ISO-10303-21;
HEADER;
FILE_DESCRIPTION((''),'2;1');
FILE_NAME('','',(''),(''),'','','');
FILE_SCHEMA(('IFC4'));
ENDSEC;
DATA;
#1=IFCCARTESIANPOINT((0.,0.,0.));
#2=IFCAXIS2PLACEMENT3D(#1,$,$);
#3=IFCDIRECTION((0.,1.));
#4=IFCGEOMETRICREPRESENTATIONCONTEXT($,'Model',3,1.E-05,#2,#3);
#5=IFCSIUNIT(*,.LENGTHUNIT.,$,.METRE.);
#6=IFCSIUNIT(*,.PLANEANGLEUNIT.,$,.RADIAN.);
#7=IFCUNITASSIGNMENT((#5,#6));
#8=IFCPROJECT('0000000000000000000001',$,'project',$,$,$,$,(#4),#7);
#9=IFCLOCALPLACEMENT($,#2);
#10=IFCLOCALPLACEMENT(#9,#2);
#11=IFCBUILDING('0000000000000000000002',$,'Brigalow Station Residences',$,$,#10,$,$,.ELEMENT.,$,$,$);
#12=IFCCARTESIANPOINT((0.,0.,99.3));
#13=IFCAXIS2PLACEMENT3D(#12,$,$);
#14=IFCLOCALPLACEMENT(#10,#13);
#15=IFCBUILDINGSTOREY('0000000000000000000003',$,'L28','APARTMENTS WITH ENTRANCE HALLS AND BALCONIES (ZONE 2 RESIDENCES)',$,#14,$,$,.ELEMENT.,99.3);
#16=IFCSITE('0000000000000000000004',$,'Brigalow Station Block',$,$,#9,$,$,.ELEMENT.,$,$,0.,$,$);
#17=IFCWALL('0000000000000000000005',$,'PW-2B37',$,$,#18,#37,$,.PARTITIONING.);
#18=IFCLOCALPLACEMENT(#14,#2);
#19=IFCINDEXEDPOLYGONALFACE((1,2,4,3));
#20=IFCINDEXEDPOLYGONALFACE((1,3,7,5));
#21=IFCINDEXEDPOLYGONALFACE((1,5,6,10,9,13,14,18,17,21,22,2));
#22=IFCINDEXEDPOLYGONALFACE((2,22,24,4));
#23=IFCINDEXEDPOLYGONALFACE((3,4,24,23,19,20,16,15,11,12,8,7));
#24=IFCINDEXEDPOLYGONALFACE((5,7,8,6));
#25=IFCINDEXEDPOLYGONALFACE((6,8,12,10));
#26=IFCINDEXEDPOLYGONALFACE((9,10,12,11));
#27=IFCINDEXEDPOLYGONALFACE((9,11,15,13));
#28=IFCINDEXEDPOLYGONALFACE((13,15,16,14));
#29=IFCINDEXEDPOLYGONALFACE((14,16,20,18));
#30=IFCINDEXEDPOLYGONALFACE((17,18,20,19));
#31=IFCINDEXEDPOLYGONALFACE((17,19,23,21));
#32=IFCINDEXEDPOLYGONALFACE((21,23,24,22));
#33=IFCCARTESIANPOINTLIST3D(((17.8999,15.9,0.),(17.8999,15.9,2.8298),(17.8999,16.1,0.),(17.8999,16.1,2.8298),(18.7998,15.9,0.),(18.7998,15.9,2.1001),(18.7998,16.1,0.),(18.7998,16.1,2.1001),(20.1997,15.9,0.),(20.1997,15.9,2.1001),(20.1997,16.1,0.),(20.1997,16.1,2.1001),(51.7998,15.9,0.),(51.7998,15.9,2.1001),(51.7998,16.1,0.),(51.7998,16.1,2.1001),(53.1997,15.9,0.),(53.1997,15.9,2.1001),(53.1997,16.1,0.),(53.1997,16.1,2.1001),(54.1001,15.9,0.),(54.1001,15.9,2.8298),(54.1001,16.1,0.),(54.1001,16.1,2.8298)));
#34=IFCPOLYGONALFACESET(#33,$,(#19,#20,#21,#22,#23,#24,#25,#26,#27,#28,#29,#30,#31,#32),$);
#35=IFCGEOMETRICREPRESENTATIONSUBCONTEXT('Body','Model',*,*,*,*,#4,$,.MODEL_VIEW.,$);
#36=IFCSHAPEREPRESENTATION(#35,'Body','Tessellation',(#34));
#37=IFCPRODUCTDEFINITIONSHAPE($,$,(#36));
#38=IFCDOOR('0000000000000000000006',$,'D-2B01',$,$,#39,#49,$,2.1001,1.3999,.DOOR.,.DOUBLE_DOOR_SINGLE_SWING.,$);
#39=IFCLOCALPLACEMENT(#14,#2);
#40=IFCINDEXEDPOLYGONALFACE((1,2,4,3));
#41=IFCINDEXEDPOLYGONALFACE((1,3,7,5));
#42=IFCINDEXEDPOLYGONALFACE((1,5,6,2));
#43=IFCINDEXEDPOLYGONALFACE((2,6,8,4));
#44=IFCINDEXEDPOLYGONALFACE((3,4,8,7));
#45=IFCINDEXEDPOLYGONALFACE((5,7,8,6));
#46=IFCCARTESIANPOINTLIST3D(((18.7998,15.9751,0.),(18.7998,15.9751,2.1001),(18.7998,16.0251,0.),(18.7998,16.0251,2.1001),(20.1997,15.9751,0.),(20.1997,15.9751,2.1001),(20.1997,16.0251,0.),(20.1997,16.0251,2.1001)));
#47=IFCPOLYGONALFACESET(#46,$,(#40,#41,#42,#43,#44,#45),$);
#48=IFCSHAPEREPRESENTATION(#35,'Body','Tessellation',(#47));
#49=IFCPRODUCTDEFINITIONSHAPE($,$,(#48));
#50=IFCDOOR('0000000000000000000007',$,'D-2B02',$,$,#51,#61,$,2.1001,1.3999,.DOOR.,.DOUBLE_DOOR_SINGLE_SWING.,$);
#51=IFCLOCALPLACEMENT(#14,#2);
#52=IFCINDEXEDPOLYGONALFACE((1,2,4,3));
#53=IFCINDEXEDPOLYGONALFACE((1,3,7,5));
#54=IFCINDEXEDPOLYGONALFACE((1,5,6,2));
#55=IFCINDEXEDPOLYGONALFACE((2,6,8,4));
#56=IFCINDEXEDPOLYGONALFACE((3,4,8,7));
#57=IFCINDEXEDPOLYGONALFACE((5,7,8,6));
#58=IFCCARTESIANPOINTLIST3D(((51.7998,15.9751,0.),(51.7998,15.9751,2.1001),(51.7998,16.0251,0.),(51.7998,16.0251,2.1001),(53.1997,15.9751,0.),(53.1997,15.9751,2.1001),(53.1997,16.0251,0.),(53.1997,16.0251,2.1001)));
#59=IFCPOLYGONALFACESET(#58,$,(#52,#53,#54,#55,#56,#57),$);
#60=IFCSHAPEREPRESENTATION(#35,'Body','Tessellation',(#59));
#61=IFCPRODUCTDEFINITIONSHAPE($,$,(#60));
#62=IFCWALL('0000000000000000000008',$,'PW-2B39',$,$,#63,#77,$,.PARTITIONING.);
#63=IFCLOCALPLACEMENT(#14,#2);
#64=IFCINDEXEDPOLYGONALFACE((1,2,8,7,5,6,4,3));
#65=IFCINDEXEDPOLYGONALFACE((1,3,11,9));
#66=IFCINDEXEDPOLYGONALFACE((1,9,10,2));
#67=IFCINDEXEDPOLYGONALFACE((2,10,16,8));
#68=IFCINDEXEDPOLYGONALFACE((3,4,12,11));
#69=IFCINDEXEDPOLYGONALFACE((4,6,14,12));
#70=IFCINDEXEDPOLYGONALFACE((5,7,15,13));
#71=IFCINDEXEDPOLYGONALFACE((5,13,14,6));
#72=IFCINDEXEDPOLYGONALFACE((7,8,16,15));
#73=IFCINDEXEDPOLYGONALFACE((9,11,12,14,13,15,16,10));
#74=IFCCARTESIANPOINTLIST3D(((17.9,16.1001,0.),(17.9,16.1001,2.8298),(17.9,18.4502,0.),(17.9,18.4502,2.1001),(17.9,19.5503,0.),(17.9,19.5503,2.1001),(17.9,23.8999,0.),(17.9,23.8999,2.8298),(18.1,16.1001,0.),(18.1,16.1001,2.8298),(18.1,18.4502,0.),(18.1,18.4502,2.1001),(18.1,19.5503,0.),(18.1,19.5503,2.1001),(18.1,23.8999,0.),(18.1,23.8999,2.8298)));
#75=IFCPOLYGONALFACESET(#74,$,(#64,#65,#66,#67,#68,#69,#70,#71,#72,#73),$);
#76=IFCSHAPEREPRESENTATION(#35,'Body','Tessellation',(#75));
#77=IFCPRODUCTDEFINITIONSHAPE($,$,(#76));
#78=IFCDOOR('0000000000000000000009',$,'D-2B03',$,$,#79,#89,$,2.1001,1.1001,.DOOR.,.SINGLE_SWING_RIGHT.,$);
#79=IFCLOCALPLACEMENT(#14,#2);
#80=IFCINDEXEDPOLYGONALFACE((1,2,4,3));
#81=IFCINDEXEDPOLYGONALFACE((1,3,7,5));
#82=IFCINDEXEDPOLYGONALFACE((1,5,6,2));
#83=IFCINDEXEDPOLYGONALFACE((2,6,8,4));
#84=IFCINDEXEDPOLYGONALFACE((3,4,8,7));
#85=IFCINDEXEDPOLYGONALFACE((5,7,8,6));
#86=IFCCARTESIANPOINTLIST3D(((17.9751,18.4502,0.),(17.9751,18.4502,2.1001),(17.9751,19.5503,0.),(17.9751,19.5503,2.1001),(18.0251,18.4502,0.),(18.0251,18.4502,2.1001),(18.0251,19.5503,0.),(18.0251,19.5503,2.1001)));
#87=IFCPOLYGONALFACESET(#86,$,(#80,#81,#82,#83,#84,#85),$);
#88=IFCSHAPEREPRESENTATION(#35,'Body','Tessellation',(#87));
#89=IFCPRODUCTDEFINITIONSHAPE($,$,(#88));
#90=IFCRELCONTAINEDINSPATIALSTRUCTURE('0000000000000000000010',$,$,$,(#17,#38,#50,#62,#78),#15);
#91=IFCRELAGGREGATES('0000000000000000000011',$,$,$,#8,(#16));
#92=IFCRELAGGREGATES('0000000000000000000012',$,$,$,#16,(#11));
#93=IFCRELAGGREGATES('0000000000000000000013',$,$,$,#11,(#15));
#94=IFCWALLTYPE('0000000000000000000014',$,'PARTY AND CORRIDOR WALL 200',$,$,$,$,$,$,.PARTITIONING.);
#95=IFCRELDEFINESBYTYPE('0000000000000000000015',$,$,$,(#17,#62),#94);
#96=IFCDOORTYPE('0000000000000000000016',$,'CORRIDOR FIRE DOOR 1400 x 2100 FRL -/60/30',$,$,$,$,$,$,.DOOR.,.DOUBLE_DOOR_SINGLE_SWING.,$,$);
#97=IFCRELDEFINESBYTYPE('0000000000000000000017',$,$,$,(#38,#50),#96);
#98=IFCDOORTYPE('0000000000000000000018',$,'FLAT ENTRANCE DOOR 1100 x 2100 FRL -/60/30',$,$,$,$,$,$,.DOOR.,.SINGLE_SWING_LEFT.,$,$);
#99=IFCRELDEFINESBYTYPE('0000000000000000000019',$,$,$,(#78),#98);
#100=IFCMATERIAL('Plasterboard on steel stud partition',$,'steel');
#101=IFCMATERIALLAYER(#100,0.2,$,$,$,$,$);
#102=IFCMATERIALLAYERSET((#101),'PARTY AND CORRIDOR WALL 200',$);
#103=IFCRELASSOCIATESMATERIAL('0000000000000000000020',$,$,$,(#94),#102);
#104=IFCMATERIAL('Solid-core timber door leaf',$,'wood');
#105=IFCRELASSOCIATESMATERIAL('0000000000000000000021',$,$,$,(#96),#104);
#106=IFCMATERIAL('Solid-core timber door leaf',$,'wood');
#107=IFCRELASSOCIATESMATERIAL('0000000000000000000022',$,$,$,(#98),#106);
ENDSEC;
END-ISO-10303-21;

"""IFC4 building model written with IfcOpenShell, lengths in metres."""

from ifc_helpers import new_model, si_unit, direction, frame, frame_2d, origin, place, context, subcontext, project, spatial, rectangle, extrude, material, layer, layer_set, type_object, element, fill, save


model = new_model("IFC4")

# Units and contexts
model_context = context("Model", 3, precision=1e-05, world=origin(), true_north=direction((0.0, 1.0)))
body_context = subcontext(model_context, "Body", "Model", "MODEL_VIEW")
ifc_project = project(units=[si_unit("LENGTHUNIT", "METRE"), si_unit("PLANEANGLEUNIT", "RADIAN")], contexts=[model_context])

# Site, building, storey
site_placement = place(None, origin())
site = spatial("IfcSite", under=ifc_project, at=site_placement, Name="Brigalow Station Block", CompositionType="ELEMENT", RefElevation=0.0)
building_placement = place(site_placement, origin())
building = spatial("IfcBuilding", under=site, at=building_placement, Name="Brigalow Station Residences", CompositionType="ELEMENT")
storey_placement = place(building_placement, frame((0.0, 0.0, 99.3)))
storey = spatial("IfcBuildingStorey", under=building, at=storey_placement, Name="L28", Description="APARTMENTS WITH ENTRANCE HALLS AND BALCONIES (ZONE 2 RESIDENCES)", CompositionType="ELEMENT", Elevation=99.3)

# Wall, openings, doors
ifc_material_1 = material(Name="Plasterboard on steel stud partition", Category="steel")
ifc_layer_1 = layer(ifc_material_1, 0.2)
ifc_layer_set_1 = layer_set([ifc_layer_1], Name="PARTY AND CORRIDOR WALL 200")
wall_type_1 = type_object("IfcWallType", Name="PARTY AND CORRIDOR WALL 200", PredefinedType="PARTITIONING", material=ifc_layer_set_1)
wall_1_placement = place(storey_placement, frame((17.8999, 16.0, 0.0), z_axis=(0.0, 0.0, 1.0), x_axis=(1.0, 0.0, 0.0)))
wall_1 = element("IfcWall", 1, at=wall_1_placement, inside=storey, type_object=wall_type_1, Name="PW-2B37", PredefinedType="PARTITIONING", context=body_context, shape_type="SweptSolid", body=[
    extrude(rectangle(XDim=36.2002, YDim=0.2, at=frame_2d((18.1001, 0.0))), origin(), (0.0, 0.0, 1.0), 2.8298),
])
opening_1_placement = place(wall_1_placement, frame((0.8999, 0.0, 0.0)))
opening_1 = element("IfcOpeningElement", 2, at=opening_1_placement, cuts=wall_1, PredefinedType="OPENING", context=body_context, shape_type="SweptSolid", body=[
    extrude(rectangle(XDim=1.3999, YDim=2.1001, at=frame_2d((0.7, 1.05))), frame((0.0, 0.1099, 0.0), z_axis=(0.0, -1.0, 0.0), x_axis=(1.0, 0.0, 0.0)), (0.0, 0.0, 1.0), 0.22),
])
opening_2_placement = place(wall_1_placement, frame((33.8999, 0.0, 0.0)))
opening_2 = element("IfcOpeningElement", 3, at=opening_2_placement, cuts=wall_1, PredefinedType="OPENING", context=body_context, shape_type="SweptSolid", body=[
    extrude(rectangle(XDim=1.3999, YDim=2.1001, at=frame_2d((0.7, 1.05))), frame((0.0, 0.1099, 0.0), z_axis=(0.0, -1.0, 0.0), x_axis=(1.0, 0.0, 0.0)), (0.0, 0.0, 1.0), 0.22),
])
ifc_material_2 = material(Name="Solid-core timber door leaf", Category="wood")
door_type_1 = type_object("IfcDoorType", Name="CORRIDOR FIRE DOOR 1400 x 2100 FRL -/60/30", OperationType="DOUBLE_DOOR_SINGLE_SWING", PredefinedType="DOOR", material=ifc_material_2)
door_1_placement = place(opening_1_placement, frame((1.3999, 0.0, 0.0), z_axis=(0.0, 0.0, 1.0), x_axis=(-1.0, 0.0, 0.0)))
door_1 = element("IfcDoor", 4, at=door_1_placement, inside=storey, type_object=door_type_1, Name="D-2B01", OperationType="DOUBLE_DOOR_SINGLE_SWING", OverallHeight=2.1001, OverallWidth=1.3999, PredefinedType="DOOR", context=body_context, shape_type="SweptSolid", body=[
    extrude(rectangle(XDim=1.3999, YDim=2.1001, at=frame_2d((0.7, 1.05))), frame((0.0, 0.0249, 0.0), z_axis=(0.0, -1.0, 0.0), x_axis=(1.0, 0.0, 0.0)), (0.0, 0.0, 1.0), 0.05),
])
fill(opening_1, door_1)
door_2_placement = place(opening_2_placement, frame((1.3999, 0.0, 0.0), z_axis=(0.0, 0.0, 1.0), x_axis=(-1.0, 0.0, 0.0)))
door_2 = element("IfcDoor", 5, at=door_2_placement, inside=storey, type_object=door_type_1, Name="D-2B02", OperationType="DOUBLE_DOOR_SINGLE_SWING", OverallHeight=2.1001, OverallWidth=1.3999, PredefinedType="DOOR", context=body_context, shape_type="SweptSolid", body=[
    extrude(rectangle(XDim=1.3999, YDim=2.1001, at=frame_2d((0.7, 1.05))), frame((0.0, 0.0249, 0.0), z_axis=(0.0, -1.0, 0.0), x_axis=(1.0, 0.0, 0.0)), (0.0, 0.0, 1.0), 0.05),
])
fill(opening_2, door_2)

# Wall, opening, door
wall_2_placement = place(storey_placement, frame((18.0, 16.1001, 0.0), z_axis=(0.0, 0.0, 1.0), x_axis=(0.0, 1.0, 0.0)))
wall_2 = element("IfcWall", 6, at=wall_2_placement, inside=storey, type_object=wall_type_1, Name="PW-2B39", PredefinedType="PARTITIONING", context=body_context, shape_type="SweptSolid", body=[
    extrude(rectangle(XDim=7.7998, YDim=0.2, at=frame_2d((3.8999, 0.0))), origin(), (0.0, 0.0, 1.0), 2.8298),
])
opening_3_placement = place(wall_2_placement, frame((2.3501, 0.0, 0.0)))
opening_3 = element("IfcOpeningElement", 7, at=opening_3_placement, cuts=wall_2, PredefinedType="OPENING", context=body_context, shape_type="SweptSolid", body=[
    extrude(rectangle(XDim=1.1001, YDim=2.1001, at=frame_2d((0.55, 1.05))), frame((0.0, 0.1099, 0.0), z_axis=(0.0, -1.0, 0.0), x_axis=(1.0, 0.0, 0.0)), (0.0, 0.0, 1.0), 0.22),
])
ifc_material_3 = material(Name="Solid-core timber door leaf", Category="wood")
door_type_2 = type_object("IfcDoorType", Name="FLAT ENTRANCE DOOR 1100 x 2100 FRL -/60/30", OperationType="SINGLE_SWING_LEFT", PredefinedType="DOOR", material=ifc_material_3)
door_3_placement = place(opening_3_placement, origin())
door_3 = element("IfcDoor", 8, at=door_3_placement, inside=storey, type_object=door_type_2, Name="D-2B03", OperationType="SINGLE_SWING_RIGHT", OverallHeight=2.1001, OverallWidth=1.1001, PredefinedType="DOOR", context=body_context, shape_type="SweptSolid", body=[
    extrude(rectangle(XDim=1.1001, YDim=2.1001, at=frame_2d((0.55, 1.05))), frame((0.0, 0.0249, 0.0), z_axis=(0.0, -1.0, 0.0), x_axis=(1.0, 0.0, 0.0)), (0.0, 0.0, 1.0), 0.05),
])
fill(opening_3, door_3)

save(model, "model.ifc")
